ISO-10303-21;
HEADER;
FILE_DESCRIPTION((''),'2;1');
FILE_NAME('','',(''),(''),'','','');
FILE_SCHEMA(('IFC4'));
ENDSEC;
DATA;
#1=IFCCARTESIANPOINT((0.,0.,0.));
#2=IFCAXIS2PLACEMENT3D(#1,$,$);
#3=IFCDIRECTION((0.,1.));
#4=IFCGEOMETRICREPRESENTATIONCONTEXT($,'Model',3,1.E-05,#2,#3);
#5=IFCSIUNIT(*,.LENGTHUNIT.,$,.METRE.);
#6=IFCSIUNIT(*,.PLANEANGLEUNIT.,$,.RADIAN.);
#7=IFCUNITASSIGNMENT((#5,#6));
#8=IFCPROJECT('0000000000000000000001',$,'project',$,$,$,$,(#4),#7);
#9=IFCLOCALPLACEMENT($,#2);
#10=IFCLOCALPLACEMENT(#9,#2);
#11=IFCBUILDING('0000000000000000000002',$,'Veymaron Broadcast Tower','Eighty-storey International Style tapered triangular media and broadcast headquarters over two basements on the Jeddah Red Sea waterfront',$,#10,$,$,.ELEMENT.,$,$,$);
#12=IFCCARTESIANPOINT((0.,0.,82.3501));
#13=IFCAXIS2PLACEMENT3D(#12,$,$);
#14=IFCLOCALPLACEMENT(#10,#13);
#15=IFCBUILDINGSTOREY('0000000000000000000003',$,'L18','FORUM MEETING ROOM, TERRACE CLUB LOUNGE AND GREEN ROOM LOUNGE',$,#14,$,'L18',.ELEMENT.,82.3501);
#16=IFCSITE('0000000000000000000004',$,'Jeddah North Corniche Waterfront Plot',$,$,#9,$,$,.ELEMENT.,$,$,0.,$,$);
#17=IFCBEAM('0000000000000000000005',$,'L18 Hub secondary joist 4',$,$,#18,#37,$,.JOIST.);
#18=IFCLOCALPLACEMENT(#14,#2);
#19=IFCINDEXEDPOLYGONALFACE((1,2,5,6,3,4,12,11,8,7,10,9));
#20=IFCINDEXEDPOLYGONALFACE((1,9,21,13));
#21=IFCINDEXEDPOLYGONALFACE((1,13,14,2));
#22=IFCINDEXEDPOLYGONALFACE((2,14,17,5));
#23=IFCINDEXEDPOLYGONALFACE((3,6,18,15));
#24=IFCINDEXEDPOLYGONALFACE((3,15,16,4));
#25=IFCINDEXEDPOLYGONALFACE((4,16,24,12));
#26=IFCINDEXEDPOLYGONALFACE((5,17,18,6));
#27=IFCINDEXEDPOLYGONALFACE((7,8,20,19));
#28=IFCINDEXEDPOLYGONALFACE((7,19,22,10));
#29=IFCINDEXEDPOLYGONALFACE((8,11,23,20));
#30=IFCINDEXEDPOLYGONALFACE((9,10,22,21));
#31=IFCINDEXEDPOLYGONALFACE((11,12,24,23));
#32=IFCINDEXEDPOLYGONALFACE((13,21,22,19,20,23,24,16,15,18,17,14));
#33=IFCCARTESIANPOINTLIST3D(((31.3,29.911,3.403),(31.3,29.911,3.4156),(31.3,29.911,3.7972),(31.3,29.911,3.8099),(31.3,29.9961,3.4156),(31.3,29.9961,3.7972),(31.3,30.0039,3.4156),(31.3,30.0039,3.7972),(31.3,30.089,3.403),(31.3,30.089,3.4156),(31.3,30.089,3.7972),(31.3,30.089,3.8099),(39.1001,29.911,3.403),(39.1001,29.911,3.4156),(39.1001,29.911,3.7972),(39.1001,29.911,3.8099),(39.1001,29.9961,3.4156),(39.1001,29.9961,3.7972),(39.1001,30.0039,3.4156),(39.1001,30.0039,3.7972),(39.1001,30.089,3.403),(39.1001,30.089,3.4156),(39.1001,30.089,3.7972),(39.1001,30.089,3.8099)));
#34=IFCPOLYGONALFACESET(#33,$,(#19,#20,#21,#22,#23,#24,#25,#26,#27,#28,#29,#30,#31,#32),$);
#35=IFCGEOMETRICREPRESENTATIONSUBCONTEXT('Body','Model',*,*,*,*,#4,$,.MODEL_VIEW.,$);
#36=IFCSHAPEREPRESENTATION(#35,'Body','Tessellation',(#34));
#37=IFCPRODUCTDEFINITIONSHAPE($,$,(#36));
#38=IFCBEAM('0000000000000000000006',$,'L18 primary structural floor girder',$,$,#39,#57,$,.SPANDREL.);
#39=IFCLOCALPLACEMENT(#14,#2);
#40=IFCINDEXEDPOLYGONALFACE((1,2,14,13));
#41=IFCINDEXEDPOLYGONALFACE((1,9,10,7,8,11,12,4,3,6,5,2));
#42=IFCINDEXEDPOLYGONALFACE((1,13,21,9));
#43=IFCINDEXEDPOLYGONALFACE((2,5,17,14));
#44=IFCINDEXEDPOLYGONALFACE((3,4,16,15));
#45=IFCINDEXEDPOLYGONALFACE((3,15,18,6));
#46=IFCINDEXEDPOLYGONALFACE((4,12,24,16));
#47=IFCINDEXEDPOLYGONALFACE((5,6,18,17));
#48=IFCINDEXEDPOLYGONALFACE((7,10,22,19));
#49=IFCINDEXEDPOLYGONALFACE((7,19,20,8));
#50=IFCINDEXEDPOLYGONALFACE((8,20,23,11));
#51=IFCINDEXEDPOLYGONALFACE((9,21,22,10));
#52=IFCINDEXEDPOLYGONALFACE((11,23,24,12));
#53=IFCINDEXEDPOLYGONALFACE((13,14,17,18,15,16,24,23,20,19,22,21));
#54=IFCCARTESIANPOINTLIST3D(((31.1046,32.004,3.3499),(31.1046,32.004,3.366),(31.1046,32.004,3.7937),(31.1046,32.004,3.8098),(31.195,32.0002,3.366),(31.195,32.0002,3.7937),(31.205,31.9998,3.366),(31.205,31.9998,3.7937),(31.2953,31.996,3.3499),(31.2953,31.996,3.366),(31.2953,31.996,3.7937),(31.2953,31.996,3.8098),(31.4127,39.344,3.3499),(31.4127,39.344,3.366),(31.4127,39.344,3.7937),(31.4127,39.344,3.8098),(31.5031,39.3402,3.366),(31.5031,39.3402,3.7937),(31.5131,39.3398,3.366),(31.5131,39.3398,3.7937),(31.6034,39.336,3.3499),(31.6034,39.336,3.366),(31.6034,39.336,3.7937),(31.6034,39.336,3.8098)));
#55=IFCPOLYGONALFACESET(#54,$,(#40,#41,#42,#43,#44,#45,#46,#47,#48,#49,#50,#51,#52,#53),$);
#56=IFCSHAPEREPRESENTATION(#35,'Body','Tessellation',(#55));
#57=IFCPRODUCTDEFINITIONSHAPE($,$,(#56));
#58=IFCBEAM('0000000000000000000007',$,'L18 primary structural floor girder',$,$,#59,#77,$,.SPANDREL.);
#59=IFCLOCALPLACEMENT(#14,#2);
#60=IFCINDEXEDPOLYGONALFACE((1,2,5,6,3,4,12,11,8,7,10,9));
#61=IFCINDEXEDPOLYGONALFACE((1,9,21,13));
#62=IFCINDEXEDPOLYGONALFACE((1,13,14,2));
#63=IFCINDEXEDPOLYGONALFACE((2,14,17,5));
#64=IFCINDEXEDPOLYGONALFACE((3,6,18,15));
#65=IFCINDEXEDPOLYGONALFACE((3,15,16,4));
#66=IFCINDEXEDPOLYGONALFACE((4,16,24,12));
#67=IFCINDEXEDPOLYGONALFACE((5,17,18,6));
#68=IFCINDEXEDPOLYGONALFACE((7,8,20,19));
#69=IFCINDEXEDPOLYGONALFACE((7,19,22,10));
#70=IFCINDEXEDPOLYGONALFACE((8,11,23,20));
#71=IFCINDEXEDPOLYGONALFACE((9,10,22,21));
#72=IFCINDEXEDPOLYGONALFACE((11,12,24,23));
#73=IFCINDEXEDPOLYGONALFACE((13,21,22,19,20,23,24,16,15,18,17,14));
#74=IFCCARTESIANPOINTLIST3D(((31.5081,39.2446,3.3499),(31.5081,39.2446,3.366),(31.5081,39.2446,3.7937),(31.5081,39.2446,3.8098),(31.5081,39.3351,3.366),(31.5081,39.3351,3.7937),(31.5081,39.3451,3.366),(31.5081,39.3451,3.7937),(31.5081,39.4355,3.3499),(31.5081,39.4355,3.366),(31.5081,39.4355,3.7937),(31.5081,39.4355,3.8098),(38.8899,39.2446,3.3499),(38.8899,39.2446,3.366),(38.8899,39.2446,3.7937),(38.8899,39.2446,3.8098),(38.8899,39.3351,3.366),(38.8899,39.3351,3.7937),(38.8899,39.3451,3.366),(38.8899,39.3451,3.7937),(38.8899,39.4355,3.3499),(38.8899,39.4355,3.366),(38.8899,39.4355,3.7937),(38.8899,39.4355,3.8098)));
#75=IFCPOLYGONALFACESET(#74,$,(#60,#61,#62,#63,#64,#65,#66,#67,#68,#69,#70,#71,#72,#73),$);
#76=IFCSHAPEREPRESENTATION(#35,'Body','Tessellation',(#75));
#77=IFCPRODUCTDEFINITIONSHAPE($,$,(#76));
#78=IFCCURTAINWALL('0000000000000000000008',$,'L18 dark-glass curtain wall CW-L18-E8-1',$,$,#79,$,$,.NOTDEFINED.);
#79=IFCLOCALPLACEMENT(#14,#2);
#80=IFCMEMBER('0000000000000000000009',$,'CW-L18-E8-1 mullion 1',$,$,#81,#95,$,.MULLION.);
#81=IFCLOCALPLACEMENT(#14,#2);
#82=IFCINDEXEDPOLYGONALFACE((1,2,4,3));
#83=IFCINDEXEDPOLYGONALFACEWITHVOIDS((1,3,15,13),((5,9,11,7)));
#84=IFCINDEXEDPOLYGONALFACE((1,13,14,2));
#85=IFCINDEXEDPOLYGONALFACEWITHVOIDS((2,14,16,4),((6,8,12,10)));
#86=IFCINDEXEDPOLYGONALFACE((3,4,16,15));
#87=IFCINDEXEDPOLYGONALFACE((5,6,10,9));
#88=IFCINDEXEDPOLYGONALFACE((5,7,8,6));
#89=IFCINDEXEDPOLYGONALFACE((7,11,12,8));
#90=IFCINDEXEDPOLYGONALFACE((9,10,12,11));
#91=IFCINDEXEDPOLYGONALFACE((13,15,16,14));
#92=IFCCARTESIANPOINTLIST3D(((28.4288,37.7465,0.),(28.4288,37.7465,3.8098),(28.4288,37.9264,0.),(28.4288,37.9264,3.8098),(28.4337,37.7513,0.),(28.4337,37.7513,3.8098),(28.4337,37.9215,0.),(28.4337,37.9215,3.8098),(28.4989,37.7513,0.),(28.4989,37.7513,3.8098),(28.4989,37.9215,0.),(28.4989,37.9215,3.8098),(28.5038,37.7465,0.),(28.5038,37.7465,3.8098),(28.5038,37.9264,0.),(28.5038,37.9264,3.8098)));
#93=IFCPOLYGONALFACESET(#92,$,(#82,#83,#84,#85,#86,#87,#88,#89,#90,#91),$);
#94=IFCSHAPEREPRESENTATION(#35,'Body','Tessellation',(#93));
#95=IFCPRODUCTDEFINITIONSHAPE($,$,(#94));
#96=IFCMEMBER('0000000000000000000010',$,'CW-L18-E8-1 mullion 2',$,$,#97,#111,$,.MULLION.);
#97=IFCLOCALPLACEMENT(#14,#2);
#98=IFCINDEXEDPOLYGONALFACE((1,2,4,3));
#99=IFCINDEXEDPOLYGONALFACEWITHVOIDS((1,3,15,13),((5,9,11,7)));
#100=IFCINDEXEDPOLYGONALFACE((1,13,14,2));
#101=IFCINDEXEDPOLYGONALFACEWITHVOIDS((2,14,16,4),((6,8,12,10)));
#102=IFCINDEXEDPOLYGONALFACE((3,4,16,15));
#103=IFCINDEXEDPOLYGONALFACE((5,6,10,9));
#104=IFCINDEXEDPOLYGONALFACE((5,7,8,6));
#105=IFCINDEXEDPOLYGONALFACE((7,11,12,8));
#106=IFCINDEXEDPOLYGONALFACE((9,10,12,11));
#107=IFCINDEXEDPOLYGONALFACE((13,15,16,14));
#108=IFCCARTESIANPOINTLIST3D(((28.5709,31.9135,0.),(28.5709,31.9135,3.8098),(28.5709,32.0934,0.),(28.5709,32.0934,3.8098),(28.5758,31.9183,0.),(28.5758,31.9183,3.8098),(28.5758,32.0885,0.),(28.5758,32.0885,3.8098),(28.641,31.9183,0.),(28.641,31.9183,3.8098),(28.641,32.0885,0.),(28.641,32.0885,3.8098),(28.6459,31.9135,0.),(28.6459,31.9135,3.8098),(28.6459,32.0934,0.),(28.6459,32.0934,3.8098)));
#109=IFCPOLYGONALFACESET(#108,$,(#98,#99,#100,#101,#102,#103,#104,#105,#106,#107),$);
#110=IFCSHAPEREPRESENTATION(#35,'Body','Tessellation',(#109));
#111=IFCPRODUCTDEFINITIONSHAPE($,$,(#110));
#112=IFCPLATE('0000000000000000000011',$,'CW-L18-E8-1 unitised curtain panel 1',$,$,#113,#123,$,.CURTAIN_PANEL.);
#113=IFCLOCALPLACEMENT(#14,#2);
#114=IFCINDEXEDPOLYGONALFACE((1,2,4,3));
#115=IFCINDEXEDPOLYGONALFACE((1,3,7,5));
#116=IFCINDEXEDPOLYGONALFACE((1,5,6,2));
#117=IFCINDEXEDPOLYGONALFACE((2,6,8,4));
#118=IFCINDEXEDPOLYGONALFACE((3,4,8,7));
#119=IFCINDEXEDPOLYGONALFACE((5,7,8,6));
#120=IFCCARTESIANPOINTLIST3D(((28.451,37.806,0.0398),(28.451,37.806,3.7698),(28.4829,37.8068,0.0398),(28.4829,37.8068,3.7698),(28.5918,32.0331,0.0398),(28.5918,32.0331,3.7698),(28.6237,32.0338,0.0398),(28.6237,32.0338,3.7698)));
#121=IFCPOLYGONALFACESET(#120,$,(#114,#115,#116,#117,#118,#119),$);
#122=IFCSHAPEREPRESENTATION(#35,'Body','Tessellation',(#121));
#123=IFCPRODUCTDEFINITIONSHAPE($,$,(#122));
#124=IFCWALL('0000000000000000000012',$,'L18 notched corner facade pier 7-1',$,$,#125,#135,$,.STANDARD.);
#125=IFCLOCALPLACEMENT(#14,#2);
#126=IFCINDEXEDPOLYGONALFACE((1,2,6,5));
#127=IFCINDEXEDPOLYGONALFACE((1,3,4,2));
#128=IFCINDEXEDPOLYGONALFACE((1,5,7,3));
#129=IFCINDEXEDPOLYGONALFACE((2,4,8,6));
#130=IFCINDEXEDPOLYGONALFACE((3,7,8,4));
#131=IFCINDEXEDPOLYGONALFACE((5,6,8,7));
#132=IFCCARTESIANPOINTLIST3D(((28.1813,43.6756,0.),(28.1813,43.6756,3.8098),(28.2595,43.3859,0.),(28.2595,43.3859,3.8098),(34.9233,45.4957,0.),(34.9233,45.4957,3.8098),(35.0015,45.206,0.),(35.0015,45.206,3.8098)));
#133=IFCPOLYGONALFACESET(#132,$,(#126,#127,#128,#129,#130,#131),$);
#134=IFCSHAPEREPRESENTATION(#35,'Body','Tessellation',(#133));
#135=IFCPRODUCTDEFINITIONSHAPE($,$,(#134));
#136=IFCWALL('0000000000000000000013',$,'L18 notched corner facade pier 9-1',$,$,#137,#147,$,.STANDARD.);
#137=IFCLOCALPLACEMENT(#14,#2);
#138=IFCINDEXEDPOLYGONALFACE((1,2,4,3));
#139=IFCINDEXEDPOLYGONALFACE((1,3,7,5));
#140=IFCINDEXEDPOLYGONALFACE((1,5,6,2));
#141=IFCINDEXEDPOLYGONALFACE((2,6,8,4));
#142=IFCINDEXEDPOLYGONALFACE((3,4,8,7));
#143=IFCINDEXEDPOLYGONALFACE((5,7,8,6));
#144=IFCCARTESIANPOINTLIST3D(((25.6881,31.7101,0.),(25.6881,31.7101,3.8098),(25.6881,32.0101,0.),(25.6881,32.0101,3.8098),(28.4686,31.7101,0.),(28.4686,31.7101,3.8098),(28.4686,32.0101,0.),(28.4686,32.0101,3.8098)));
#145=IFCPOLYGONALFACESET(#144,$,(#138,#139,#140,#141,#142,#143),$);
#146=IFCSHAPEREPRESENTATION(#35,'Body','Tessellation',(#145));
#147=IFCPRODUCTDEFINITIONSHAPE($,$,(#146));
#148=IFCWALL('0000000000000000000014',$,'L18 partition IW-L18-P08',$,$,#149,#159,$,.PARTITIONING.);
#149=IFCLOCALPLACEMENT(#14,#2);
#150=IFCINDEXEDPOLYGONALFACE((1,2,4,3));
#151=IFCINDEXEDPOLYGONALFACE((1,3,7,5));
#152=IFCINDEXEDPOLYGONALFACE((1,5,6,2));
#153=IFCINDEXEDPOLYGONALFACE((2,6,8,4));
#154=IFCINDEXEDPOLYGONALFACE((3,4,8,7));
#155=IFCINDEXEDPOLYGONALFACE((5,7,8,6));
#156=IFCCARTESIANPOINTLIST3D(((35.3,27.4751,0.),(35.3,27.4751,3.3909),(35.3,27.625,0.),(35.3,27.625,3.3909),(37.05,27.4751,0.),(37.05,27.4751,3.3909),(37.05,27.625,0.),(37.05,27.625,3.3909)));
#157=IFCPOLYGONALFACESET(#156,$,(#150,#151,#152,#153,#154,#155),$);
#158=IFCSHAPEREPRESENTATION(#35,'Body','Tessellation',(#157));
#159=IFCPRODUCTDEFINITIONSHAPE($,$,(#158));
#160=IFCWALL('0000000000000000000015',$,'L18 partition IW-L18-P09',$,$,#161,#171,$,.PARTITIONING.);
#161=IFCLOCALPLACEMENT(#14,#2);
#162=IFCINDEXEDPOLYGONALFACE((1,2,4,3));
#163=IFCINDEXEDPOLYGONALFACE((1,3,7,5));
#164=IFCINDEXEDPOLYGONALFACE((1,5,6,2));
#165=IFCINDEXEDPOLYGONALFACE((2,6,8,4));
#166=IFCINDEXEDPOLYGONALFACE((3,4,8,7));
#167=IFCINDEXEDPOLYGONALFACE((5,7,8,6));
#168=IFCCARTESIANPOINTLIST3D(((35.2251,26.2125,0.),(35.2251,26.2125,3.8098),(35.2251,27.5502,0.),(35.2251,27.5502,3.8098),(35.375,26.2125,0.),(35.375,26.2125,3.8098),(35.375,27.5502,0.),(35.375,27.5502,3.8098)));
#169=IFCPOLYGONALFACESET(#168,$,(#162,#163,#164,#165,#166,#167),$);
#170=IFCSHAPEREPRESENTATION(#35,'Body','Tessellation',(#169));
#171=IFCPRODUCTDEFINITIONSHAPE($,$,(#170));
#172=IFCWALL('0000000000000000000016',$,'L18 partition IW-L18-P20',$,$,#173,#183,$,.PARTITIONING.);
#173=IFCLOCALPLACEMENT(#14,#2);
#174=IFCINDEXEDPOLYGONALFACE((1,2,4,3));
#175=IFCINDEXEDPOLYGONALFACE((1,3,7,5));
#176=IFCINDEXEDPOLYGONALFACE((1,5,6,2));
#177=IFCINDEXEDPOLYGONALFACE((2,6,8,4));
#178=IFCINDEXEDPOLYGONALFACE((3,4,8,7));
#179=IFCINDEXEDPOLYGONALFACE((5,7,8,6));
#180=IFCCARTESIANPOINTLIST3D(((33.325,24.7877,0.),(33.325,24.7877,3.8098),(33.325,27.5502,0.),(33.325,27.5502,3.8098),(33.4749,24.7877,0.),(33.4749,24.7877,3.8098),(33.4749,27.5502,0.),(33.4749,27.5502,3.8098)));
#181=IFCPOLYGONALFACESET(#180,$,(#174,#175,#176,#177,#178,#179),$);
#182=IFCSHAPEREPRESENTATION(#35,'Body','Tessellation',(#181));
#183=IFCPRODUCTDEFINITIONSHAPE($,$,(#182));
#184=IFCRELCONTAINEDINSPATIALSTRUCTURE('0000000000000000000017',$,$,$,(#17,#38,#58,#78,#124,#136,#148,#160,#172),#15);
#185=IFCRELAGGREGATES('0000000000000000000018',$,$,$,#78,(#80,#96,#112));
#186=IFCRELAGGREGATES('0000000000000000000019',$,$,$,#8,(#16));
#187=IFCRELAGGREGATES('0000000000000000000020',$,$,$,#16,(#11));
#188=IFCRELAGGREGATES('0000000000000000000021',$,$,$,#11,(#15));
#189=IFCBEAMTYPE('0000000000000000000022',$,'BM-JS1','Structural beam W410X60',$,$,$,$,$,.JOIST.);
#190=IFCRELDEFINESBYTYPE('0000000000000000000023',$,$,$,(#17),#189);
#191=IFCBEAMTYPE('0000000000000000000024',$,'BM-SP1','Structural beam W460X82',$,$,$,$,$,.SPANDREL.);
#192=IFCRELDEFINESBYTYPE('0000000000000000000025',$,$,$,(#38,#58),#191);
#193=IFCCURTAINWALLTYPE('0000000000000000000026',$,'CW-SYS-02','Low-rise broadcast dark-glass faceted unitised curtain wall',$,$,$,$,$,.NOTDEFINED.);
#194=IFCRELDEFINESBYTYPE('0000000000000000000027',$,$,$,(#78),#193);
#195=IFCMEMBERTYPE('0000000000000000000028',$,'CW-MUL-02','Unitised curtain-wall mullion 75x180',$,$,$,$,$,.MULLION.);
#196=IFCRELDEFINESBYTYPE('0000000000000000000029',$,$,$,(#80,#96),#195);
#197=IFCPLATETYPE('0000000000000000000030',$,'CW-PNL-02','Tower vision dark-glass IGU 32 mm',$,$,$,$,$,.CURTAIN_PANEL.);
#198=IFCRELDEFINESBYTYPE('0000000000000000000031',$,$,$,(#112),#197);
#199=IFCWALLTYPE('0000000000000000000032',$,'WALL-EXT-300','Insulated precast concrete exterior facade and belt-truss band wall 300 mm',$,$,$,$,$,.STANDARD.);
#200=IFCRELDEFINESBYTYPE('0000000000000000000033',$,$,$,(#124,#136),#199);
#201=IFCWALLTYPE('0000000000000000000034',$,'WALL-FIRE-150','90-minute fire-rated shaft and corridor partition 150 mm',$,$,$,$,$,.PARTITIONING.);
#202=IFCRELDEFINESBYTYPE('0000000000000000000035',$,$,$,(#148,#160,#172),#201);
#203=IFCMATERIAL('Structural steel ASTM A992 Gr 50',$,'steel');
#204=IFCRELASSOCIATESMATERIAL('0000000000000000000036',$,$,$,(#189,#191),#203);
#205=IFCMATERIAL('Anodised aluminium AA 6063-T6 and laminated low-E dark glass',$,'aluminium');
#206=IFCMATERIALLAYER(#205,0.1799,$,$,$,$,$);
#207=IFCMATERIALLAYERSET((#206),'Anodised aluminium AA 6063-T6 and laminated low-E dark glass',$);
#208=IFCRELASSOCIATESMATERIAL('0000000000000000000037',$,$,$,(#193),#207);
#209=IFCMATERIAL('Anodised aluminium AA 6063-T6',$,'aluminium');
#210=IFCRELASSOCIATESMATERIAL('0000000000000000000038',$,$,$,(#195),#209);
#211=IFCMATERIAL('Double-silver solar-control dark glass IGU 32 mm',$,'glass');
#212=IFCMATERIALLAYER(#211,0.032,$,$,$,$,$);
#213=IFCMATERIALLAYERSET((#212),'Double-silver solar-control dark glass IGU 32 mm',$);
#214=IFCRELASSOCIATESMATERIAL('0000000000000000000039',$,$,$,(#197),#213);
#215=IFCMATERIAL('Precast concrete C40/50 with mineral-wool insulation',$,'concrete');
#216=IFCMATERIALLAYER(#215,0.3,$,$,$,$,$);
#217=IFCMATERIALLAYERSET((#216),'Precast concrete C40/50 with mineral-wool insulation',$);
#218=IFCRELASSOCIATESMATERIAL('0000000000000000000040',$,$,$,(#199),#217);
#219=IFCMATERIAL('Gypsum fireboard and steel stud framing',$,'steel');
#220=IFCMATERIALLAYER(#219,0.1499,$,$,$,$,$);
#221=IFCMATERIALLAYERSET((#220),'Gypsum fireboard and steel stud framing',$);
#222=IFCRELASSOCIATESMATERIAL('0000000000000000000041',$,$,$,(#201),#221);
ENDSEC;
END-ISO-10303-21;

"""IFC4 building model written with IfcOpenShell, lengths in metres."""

from ifc_helpers import new_model, si_unit, direction, frame, frame_2d, origin, origin_2d, place, context, subcontext, project, spatial, rectangle, hollow_rectangle, i_section, extrude, material, layer, layer_set, material_profile, profile_set, type_object, element, aggregate, save


model = new_model("IFC4")

# Units and contexts
model_context = context("Model", 3, precision=1e-05, world=origin(), true_north=direction((0.0, 1.0)))
body_context = subcontext(model_context, "Body", "Model", "MODEL_VIEW")
ifc_project = project(units=[si_unit("LENGTHUNIT", "METRE"), si_unit("PLANEANGLEUNIT", "RADIAN")], contexts=[model_context])

# Site, building, storey
site_placement = place(None, origin())
site = spatial("IfcSite", under=ifc_project, at=site_placement, Name="Jeddah North Corniche Waterfront Plot", CompositionType="ELEMENT", RefElevation=0.0)
building_placement = place(site_placement, origin())
building = spatial("IfcBuilding", under=site, at=building_placement, Name="Veymaron Broadcast Tower", Description="Eighty-storey International Style tapered triangular media and broadcast headquarters over two basements on the Jeddah Red Sea waterfront", CompositionType="ELEMENT")
storey_placement = place(building_placement, frame((0.0, 0.0, 82.3501)))
storey = spatial("IfcBuildingStorey", under=building, at=storey_placement, Name="L18", Description="FORUM MEETING ROOM, TERRACE CLUB LOUNGE AND GREEN ROOM LOUNGE", LongName="L18", CompositionType="ELEMENT", Elevation=82.3501)

# Beams
ifc_material_1 = material(Name="Structural steel ASTM A992 Gr 50", Category="steel")
ifc_material_profile_1 = material_profile(ifc_material_1, i_section(OverallWidth=0.178, OverallDepth=0.407, WebThickness=0.0078, FlangeThickness=0.0127, at=origin_2d()), Name="W410X60")
ifc_profile_set_1 = profile_set([ifc_material_profile_1], Name="Structural steel ASTM A992 Gr 50")
beam_type_1 = type_object("IfcBeamType", Name="BM-JS1", Description="Structural beam W410X60", PredefinedType="JOIST", material=ifc_profile_set_1)
for number, where, z_axis, x_axis, name in (
    (1, (31.3, 30.0, 3.6064), (1.0, 0.0, 0.0), (0.0, 1.0, 0.0), "L18 Hub secondary joist 4"),
):
    element("IfcBeam", number, at=place(storey_placement, frame(where, z_axis=z_axis, x_axis=x_axis)), inside=storey, type_object=beam_type_1, Name=name, PredefinedType="JOIST", context=body_context, shape_type="SweptSolid", body=[
        extrude(i_section(OverallWidth=0.178, OverallDepth=0.407, WebThickness=0.0078, FlangeThickness=0.0127, at=origin_2d()), origin(), (0.0, 0.0, 1.0), 7.8),
    ])
ifc_material_profile_2 = material_profile(ifc_material_1, i_section(OverallWidth=0.1909, OverallDepth=0.46, WebThickness=0.01, FlangeThickness=0.0161, at=origin_2d()), Name="W460X82")
ifc_profile_set_2 = profile_set([ifc_material_profile_2], Name="Structural steel ASTM A992 Gr 50")
beam_type_2 = type_object("IfcBeamType", Name="BM-SP1", Description="Structural beam W460X82", PredefinedType="SPANDREL", material=ifc_profile_set_2)
beam_1_placement = place(storey_placement, frame((31.2, 32.0, 3.5798), z_axis=(0.041939, 0.99912, 0.0), x_axis=(-0.99912, 0.041939, 0.0)))
element("IfcBeam", 2, at=beam_1_placement, inside=storey, type_object=beam_type_2, Name="L18 primary structural floor girder", PredefinedType="SPANDREL", context=body_context, shape_type="SweptSolid", body=[
    extrude(i_section(OverallWidth=0.1909, OverallDepth=0.46, WebThickness=0.01, FlangeThickness=0.0161, at=origin_2d()), origin(), (0.0, 0.0, 1.0), 7.3464),
])
beam_2_placement = place(storey_placement, frame((31.5081, 39.3401, 3.5798), z_axis=(1.0, 0.0, 0.0), x_axis=(0.0, 1.0, 0.0)))
element("IfcBeam", 3, at=beam_2_placement, inside=storey, type_object=beam_type_2, Name="L18 primary structural floor girder", PredefinedType="SPANDREL", context=body_context, shape_type="SweptSolid", body=[
    extrude(i_section(OverallWidth=0.1909, OverallDepth=0.46, WebThickness=0.01, FlangeThickness=0.0161, at=origin_2d()), origin(), (0.0, 0.0, 1.0), 7.3818),
])

# Curtain wall, members, plate
ifc_material_2 = material(Name="Anodised aluminium AA 6063-T6 and laminated low-E dark glass", Category="aluminium")
ifc_layer_1 = layer(ifc_material_2, 0.1799)
ifc_layer_set_1 = layer_set([ifc_layer_1], Name="Anodised aluminium AA 6063-T6 and laminated low-E dark glass")
curtain_wall_type = type_object("IfcCurtainWallType", Name="CW-SYS-02", Description="Low-rise broadcast dark-glass faceted unitised curtain wall", PredefinedType="NOTDEFINED", material=ifc_layer_set_1)
curtain_wall_placement = place(storey_placement, origin())
curtain_wall = element("IfcCurtainWall", 4, at=curtain_wall_placement, inside=storey, type_object=curtain_wall_type, Name="L18 dark-glass curtain wall CW-L18-E8-1", PredefinedType="NOTDEFINED")
ifc_material_3 = material(Name="Anodised aluminium AA 6063-T6", Category="aluminium")
ifc_material_profile_3 = material_profile(ifc_material_3, hollow_rectangle(XDim=0.075, YDim=0.1799, WallThickness=0.0049, at=origin_2d()), Name="AL180X75X5")
ifc_profile_set_3 = profile_set([ifc_material_profile_3], Name="Anodised aluminium AA 6063-T6")
member_type = type_object("IfcMemberType", Name="CW-MUL-02", Description="Unitised curtain-wall mullion 75x180", PredefinedType="MULLION", material=ifc_profile_set_3)
member_1_placement = place(storey_placement, frame((28.4663, 37.8364, 0.0), z_axis=(0.0, 0.0, 1.0), x_axis=(1.0, 0.0, 0.0)))
member_1 = element("IfcMember", 5, at=member_1_placement, type_object=member_type, Name="CW-L18-E8-1 mullion 1", PredefinedType="MULLION", context=body_context, shape_type="SweptSolid", body=[
    extrude(hollow_rectangle(XDim=0.075, YDim=0.1799, WallThickness=0.0049, at=origin_2d()), origin(), (0.0, 0.0, 1.0), 3.8098),
])
member_2_placement = place(storey_placement, frame((28.6084, 32.0034, 0.0), z_axis=(0.0, 0.0, 1.0), x_axis=(1.0, 0.0, 0.0)))
member_2 = element("IfcMember", 6, at=member_2_placement, type_object=member_type, Name="CW-L18-E8-1 mullion 2", PredefinedType="MULLION", context=body_context, shape_type="SweptSolid", body=[
    extrude(hollow_rectangle(XDim=0.075, YDim=0.1799, WallThickness=0.0049, at=origin_2d()), origin(), (0.0, 0.0, 1.0), 3.8098),
])
ifc_material_4 = material(Name="Double-silver solar-control dark glass IGU 32 mm", Category="glass")
ifc_layer_2 = layer(ifc_material_4, 0.032)
ifc_layer_set_2 = layer_set([ifc_layer_2], Name="Double-silver solar-control dark glass IGU 32 mm")
plate_type = type_object("IfcPlateType", Name="CW-PNL-02", Description="Tower vision dark-glass IGU 32 mm", PredefinedType="CURTAIN_PANEL", material=ifc_layer_set_2)
plate_placement = place(storey_placement, frame((28.5374, 34.9199, 0.0398), z_axis=(0.0, 0.0, 1.0), x_axis=(0.02438, -0.999703, 0.0)))
plate = element("IfcPlate", 7, at=plate_placement, type_object=plate_type, Name="CW-L18-E8-1 unitised curtain panel 1", PredefinedType="CURTAIN_PANEL", context=body_context, shape_type="SweptSolid", body=[
    extrude(rectangle(XDim=5.7747, YDim=0.032, at=origin_2d()), origin(), (0.0, 0.0, 1.0), 3.73),
])
aggregate(curtain_wall, [member_1, member_2, plate])

# Walls
ifc_material_5 = material(Name="Precast concrete C40/50 with mineral-wool insulation", Category="concrete")
ifc_layer_3 = layer(ifc_material_5, 0.3)
ifc_layer_set_3 = layer_set([ifc_layer_3], Name="Precast concrete C40/50 with mineral-wool insulation")
wall_type_1 = type_object("IfcWallType", Name="WALL-EXT-300", Description="Insulated precast concrete exterior facade and belt-truss band wall 300 mm", PredefinedType="STANDARD", material=ifc_layer_set_3)
wall_1_placement = place(storey_placement, frame((34.9624, 45.3508, 0.0), z_axis=(0.0, 0.0, 1.0), x_axis=(-0.965438, -0.260632, 0.0)))
element("IfcWall", 8, at=wall_1_placement, inside=storey, type_object=wall_type_1, Name="L18 notched corner facade pier 7-1", PredefinedType="STANDARD", context=body_context, shape_type="SweptSolid", body=[
    extrude(rectangle(XDim=6.9834, YDim=0.3, at=frame_2d((3.4917, 0.0))), origin(), (0.0, 0.0, 1.0), 3.8098),
])
wall_2_placement = place(storey_placement, frame((28.4685, 31.8601, 0.0), z_axis=(0.0, 0.0, 1.0), x_axis=(-1.0, 0.0, 0.0)))
element("IfcWall", 9, at=wall_2_placement, inside=storey, type_object=wall_type_1, Name="L18 notched corner facade pier 9-1", PredefinedType="STANDARD", context=body_context, shape_type="SweptSolid", body=[
    extrude(rectangle(XDim=2.7805, YDim=0.3, at=frame_2d((1.3901, 0.0))), origin(), (0.0, 0.0, 1.0), 3.8098),
])
ifc_material_6 = material(Name="Gypsum fireboard and steel stud framing", Category="steel")
ifc_layer_4 = layer(ifc_material_6, 0.1499)
ifc_layer_set_4 = layer_set([ifc_layer_4], Name="Gypsum fireboard and steel stud framing")
wall_type_2 = type_object("IfcWallType", Name="WALL-FIRE-150", Description="90-minute fire-rated shaft and corridor partition 150 mm", PredefinedType="PARTITIONING", material=ifc_layer_set_4)
wall_3_placement = place(storey_placement, frame((35.3, 27.55, 0.0), z_axis=(0.0, 0.0, 1.0), x_axis=(1.0, 0.0, 0.0)))
element("IfcWall", 10, at=wall_3_placement, inside=storey, type_object=wall_type_2, Name="L18 partition IW-L18-P08", PredefinedType="PARTITIONING", context=body_context, shape_type="SweptSolid", body=[
    extrude(rectangle(XDim=1.75, YDim=0.1499, at=frame_2d((0.875, 0.0))), origin(), (0.0, 0.0, 1.0), 3.3909),
])
wall_4_placement = place(storey_placement, frame((35.3, 26.2124, 0.0), z_axis=(0.0, 0.0, 1.0), x_axis=(0.0, 1.0, 0.0)))
element("IfcWall", 11, at=wall_4_placement, inside=storey, type_object=wall_type_2, Name="L18 partition IW-L18-P09", PredefinedType="PARTITIONING", context=body_context, shape_type="SweptSolid", body=[
    extrude(rectangle(XDim=1.3376, YDim=0.1499, at=frame_2d((0.6689, 0.0))), origin(), (0.0, 0.0, 1.0), 3.8098),
])
wall_5_placement = place(storey_placement, frame((33.3999, 24.7876, 0.0), z_axis=(0.0, 0.0, 1.0), x_axis=(0.0, 1.0, 0.0)))
element("IfcWall", 12, at=wall_5_placement, inside=storey, type_object=wall_type_2, Name="L18 partition IW-L18-P20", PredefinedType="PARTITIONING", context=body_context, shape_type="SweptSolid", body=[
    extrude(rectangle(XDim=2.7625, YDim=0.1499, at=frame_2d((1.3813, 0.0))), origin(), (0.0, 0.0, 1.0), 3.8098),
])

save(model, "model.ifc")
